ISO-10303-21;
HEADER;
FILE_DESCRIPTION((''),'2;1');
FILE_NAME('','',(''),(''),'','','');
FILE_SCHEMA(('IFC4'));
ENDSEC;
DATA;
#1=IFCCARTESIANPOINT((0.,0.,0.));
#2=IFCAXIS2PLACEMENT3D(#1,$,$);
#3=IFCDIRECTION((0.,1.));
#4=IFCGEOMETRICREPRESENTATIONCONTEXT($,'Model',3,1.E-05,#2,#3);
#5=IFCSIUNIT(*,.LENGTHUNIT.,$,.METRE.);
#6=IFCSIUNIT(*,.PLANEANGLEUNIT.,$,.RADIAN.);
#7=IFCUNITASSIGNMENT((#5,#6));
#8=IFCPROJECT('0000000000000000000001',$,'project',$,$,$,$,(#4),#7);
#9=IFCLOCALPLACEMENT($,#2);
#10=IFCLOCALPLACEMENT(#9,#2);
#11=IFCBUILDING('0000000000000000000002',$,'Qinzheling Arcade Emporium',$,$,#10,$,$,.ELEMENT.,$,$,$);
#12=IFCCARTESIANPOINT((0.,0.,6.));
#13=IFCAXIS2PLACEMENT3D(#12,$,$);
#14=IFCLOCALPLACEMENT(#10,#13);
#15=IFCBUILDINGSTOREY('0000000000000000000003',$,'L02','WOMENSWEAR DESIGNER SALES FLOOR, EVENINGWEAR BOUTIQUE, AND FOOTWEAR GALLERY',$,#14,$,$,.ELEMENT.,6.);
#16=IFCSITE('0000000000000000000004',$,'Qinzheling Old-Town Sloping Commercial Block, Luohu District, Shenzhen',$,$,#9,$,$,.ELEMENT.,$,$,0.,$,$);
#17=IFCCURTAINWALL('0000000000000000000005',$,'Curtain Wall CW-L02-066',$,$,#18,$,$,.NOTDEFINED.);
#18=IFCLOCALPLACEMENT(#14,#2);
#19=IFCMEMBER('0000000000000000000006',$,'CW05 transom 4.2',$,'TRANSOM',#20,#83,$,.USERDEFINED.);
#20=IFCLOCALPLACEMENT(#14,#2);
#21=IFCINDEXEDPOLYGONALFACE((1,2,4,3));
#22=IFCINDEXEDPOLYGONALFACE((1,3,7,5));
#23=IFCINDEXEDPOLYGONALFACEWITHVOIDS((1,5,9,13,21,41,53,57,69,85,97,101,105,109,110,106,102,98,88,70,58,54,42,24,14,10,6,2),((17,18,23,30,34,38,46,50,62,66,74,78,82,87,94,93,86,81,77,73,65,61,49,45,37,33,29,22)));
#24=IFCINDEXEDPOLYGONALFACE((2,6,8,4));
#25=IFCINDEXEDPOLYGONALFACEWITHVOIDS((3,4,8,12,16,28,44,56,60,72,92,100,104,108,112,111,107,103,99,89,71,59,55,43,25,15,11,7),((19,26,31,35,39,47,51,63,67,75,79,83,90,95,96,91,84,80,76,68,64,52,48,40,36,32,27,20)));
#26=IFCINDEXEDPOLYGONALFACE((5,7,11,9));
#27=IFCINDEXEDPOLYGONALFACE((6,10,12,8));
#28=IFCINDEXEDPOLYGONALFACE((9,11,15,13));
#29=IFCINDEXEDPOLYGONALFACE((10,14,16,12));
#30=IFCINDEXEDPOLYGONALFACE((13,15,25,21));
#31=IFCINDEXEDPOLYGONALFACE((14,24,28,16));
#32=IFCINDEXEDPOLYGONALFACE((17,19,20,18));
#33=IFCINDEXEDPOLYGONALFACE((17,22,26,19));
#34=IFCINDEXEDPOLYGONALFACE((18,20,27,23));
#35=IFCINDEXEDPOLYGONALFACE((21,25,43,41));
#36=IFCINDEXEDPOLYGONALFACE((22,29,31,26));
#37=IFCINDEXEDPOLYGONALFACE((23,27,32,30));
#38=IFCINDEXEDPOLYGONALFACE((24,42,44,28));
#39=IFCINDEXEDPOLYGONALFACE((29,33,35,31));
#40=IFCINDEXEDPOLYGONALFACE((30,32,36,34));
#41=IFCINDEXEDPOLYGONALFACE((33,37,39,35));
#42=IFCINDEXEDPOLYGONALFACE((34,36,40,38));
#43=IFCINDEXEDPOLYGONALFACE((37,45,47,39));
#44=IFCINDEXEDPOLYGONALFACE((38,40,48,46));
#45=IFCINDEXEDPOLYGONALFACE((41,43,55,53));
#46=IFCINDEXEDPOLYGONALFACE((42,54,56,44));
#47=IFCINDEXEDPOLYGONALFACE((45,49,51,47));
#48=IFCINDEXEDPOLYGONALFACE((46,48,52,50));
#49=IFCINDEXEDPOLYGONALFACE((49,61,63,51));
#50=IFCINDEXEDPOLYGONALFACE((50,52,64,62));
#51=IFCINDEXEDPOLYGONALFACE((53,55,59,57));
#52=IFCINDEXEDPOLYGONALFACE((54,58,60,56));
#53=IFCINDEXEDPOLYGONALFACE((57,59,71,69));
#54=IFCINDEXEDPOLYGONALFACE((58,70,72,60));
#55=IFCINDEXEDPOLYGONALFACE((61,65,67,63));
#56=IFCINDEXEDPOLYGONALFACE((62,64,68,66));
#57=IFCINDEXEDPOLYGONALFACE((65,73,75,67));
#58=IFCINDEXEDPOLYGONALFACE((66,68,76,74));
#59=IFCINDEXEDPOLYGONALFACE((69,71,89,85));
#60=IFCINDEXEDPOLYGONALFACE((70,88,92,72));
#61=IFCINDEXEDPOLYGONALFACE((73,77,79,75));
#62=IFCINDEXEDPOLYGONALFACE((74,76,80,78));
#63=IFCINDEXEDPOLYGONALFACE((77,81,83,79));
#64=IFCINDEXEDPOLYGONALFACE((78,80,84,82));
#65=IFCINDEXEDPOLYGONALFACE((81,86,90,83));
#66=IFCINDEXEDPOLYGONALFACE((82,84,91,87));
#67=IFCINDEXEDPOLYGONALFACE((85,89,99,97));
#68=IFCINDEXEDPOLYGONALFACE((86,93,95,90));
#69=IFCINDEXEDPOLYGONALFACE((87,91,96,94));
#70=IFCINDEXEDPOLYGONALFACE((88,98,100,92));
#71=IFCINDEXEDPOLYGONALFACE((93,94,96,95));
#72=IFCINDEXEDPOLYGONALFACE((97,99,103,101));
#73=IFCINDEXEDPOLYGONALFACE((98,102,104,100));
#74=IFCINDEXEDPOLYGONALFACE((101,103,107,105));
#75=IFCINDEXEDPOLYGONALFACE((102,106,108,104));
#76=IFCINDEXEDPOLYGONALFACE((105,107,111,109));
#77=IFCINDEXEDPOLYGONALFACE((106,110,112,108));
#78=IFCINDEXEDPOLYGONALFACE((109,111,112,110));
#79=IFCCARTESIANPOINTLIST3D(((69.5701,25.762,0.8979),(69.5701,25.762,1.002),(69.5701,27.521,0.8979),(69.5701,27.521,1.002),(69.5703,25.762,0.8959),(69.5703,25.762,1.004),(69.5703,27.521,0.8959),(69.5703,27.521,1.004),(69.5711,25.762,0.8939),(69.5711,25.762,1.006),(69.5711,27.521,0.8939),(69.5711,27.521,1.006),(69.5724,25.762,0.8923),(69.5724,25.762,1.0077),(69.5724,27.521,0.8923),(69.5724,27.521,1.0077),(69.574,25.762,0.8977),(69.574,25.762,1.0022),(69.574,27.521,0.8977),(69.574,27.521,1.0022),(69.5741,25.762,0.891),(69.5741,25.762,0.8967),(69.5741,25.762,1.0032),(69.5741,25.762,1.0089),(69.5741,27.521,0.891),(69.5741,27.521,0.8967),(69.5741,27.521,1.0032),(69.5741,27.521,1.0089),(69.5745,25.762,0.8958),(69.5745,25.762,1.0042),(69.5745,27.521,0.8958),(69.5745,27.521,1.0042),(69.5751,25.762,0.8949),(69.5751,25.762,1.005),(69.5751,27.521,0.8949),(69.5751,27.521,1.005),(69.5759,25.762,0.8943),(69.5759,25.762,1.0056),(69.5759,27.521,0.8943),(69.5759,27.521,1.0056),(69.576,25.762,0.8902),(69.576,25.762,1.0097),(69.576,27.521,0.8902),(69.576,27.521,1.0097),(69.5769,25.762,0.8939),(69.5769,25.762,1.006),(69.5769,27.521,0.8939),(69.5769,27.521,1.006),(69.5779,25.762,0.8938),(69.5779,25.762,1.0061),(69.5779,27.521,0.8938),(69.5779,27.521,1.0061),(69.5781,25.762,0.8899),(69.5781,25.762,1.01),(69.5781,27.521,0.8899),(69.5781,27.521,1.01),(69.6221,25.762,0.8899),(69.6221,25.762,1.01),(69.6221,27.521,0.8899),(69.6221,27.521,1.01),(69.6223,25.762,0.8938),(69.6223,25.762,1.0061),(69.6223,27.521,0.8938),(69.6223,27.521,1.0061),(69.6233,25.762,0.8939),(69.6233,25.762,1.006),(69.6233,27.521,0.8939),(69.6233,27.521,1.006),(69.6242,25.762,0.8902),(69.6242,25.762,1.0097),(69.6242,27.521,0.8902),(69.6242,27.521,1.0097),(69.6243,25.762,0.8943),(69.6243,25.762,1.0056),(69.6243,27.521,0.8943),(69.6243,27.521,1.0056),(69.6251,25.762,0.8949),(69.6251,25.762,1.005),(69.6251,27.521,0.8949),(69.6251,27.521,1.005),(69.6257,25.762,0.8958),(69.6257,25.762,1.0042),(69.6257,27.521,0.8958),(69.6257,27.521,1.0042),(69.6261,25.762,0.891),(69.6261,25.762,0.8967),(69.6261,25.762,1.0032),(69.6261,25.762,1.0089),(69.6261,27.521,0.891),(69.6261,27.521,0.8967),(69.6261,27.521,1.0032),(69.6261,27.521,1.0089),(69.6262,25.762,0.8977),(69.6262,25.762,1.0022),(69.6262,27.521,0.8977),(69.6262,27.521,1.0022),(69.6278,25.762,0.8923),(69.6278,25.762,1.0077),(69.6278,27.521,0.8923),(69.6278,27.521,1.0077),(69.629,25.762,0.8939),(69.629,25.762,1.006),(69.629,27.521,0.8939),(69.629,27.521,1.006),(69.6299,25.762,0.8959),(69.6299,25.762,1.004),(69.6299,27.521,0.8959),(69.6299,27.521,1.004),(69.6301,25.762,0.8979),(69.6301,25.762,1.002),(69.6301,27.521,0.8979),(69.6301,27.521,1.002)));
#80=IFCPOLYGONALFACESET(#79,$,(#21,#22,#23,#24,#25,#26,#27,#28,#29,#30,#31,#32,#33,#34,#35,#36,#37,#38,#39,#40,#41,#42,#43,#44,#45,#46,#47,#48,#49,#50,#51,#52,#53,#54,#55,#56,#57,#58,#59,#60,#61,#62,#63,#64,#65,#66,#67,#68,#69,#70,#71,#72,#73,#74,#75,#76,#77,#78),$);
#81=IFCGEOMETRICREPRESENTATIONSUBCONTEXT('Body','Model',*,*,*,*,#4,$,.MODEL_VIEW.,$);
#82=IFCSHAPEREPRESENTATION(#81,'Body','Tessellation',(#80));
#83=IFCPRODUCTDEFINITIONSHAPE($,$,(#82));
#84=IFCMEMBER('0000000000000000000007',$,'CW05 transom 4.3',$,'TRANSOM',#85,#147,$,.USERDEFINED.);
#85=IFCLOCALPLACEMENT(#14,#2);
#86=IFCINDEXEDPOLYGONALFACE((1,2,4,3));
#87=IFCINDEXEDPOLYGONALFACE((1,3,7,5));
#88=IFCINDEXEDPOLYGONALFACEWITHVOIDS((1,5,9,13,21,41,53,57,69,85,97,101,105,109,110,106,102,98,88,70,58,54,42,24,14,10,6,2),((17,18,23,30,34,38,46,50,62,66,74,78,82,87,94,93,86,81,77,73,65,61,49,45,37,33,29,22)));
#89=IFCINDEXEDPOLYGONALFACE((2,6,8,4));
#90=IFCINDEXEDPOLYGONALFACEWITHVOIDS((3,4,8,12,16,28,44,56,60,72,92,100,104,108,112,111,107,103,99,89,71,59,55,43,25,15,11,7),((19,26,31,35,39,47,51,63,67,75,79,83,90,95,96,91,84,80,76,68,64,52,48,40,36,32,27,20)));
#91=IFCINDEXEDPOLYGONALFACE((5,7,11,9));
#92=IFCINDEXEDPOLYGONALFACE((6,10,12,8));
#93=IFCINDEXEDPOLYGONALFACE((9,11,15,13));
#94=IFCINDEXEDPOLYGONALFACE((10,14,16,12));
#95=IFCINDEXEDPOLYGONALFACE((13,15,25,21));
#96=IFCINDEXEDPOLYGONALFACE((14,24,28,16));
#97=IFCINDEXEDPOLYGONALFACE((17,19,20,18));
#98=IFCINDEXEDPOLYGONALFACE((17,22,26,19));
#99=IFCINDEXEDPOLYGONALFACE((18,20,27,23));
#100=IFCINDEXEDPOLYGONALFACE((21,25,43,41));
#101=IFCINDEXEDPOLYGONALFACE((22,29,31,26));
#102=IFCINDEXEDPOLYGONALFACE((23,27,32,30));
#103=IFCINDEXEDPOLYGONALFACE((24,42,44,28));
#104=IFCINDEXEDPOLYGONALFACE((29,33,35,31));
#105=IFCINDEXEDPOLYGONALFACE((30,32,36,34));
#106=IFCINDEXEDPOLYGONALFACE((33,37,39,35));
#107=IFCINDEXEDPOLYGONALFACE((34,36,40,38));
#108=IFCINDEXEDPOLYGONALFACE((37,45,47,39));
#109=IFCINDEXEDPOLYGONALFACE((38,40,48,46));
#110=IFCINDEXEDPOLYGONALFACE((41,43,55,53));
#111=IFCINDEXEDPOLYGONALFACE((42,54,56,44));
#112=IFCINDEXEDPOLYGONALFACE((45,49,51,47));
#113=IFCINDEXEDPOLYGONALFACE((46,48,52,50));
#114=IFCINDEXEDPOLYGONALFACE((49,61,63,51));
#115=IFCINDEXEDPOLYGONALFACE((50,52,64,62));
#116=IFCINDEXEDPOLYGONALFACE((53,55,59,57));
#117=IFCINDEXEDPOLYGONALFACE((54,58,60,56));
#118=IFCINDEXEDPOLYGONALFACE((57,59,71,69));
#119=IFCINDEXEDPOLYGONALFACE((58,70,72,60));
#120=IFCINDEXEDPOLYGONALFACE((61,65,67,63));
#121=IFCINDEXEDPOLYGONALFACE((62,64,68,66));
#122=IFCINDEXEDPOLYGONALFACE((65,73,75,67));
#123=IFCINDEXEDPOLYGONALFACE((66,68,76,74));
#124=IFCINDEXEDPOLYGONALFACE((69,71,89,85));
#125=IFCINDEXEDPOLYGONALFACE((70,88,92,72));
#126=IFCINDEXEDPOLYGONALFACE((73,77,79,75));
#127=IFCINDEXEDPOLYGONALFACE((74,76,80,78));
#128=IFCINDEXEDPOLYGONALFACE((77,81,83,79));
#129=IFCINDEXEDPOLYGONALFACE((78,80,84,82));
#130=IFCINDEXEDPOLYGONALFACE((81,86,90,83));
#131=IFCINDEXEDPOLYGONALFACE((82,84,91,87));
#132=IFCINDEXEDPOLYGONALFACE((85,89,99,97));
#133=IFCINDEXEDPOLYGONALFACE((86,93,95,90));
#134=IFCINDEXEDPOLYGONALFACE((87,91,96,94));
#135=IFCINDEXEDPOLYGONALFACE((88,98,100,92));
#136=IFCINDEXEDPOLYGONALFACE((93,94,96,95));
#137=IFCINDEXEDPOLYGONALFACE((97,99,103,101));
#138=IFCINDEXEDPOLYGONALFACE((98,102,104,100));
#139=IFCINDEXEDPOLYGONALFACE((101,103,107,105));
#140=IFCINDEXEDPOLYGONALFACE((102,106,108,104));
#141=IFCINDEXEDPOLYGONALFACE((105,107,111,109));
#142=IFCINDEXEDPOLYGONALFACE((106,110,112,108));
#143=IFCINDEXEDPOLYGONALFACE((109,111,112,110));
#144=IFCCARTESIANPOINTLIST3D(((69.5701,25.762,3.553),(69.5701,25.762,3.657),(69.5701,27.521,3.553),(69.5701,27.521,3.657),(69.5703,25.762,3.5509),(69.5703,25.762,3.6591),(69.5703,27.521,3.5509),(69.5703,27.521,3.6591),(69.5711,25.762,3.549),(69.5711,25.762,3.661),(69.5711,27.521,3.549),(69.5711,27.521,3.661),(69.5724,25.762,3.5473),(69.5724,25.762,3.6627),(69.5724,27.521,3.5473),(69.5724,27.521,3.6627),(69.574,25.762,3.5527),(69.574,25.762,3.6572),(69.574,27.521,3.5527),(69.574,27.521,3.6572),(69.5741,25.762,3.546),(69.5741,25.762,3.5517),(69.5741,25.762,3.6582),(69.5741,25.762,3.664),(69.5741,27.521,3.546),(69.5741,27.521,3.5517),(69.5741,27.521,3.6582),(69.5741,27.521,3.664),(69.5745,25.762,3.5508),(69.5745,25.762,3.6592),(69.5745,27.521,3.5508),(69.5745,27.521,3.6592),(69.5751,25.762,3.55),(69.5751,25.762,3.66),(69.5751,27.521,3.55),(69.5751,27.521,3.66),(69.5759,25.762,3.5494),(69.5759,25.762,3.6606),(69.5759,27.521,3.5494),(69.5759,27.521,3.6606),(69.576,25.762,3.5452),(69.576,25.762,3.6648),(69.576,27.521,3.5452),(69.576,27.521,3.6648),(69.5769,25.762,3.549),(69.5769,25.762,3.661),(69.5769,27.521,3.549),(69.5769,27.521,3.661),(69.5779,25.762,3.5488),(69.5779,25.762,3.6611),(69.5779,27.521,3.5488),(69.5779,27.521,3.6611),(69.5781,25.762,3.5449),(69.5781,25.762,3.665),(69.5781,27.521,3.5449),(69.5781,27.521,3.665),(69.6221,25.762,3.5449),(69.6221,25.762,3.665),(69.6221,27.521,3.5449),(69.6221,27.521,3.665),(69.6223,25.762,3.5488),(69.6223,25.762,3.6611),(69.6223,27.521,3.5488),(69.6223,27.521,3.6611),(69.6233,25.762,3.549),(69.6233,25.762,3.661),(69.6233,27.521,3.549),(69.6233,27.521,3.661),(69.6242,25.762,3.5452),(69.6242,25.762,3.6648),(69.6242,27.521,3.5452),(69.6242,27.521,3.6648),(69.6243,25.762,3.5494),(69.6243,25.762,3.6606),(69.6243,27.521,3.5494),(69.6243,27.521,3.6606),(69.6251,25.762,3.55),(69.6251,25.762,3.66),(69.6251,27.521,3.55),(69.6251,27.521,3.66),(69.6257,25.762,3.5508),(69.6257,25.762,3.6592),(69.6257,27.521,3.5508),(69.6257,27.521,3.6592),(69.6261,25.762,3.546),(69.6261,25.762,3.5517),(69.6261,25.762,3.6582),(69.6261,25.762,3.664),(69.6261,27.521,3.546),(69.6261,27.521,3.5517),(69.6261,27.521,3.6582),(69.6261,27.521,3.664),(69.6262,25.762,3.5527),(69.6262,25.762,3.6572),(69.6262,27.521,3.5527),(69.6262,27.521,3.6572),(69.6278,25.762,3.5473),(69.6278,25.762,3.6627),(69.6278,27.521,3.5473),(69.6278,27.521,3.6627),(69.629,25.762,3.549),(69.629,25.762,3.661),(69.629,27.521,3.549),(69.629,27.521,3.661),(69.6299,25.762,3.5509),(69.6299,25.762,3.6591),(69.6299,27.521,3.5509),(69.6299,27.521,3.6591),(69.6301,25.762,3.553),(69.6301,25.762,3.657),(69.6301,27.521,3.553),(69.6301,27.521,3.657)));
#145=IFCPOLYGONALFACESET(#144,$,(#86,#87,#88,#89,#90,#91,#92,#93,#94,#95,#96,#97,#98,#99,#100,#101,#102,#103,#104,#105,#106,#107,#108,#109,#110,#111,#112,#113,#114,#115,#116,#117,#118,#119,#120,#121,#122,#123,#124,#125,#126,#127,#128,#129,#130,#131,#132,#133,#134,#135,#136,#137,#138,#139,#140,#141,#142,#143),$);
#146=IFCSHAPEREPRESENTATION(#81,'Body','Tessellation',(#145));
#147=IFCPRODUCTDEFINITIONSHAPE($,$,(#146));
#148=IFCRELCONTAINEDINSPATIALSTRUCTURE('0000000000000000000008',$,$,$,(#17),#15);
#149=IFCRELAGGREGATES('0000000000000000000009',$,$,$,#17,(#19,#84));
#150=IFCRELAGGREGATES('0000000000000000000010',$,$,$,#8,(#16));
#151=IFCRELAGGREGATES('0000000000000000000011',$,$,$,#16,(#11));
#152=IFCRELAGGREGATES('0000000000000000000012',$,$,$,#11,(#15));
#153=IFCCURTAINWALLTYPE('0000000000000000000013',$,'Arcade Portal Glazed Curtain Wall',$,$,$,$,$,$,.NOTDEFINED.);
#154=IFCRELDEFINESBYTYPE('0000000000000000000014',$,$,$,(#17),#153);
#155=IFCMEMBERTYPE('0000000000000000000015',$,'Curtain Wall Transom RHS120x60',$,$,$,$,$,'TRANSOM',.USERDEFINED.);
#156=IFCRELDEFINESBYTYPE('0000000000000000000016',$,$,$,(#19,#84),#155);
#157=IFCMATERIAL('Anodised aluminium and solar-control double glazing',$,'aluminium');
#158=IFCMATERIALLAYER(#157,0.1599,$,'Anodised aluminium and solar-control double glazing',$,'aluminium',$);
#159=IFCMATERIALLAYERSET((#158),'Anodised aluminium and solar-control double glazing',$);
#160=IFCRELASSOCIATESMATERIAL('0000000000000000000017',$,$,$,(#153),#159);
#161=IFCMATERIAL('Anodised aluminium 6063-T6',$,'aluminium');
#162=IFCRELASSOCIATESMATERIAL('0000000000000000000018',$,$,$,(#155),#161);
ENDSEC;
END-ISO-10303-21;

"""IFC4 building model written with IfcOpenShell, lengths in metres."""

from ifc_helpers import new_model, si_unit, direction, frame, origin, origin_2d, place, context, subcontext, project, spatial, hollow_rectangle, extrude, material, layer, layer_set, material_profile, profile_set, type_object, element, aggregate, save


model = new_model("IFC4")

# Units and contexts
model_context = context("Model", 3, precision=1e-05, world=origin(), true_north=direction((0.0, 1.0)))
body_context = subcontext(model_context, "Body", "Model", "MODEL_VIEW")
ifc_project = project(units=[si_unit("LENGTHUNIT", "METRE"), si_unit("PLANEANGLEUNIT", "RADIAN")], contexts=[model_context])

# Site, building, storey
site_placement = place(None, origin())
site = spatial("IfcSite", under=ifc_project, at=site_placement, Name="Qinzheling Old-Town Sloping Commercial Block, Luohu District, Shenzhen", CompositionType="ELEMENT", RefElevation=0.0)
building_placement = place(site_placement, origin())
building = spatial("IfcBuilding", under=site, at=building_placement, Name="Qinzheling Arcade Emporium", CompositionType="ELEMENT")
storey_placement = place(building_placement, frame((0.0, 0.0, 6.0)))
storey = spatial("IfcBuildingStorey", under=building, at=storey_placement, Name="L02", Description="WOMENSWEAR DESIGNER SALES FLOOR, EVENINGWEAR BOUTIQUE, AND FOOTWEAR GALLERY", CompositionType="ELEMENT", Elevation=6.0)

# Curtain wall
ifc_material_1 = material(Name="Anodised aluminium and solar-control double glazing", Category="aluminium")
ifc_layer_1 = layer(ifc_material_1, 0.1599, Name="Anodised aluminium and solar-control double glazing", Category="aluminium")
ifc_layer_set_1 = layer_set([ifc_layer_1], Name="Anodised aluminium and solar-control double glazing")
curtain_wall_type = type_object("IfcCurtainWallType", Name="Arcade Portal Glazed Curtain Wall", PredefinedType="NOTDEFINED", material=ifc_layer_set_1)
curtain_wall_1_placement = place(storey_placement, origin())
curtain_wall_1 = element("IfcCurtainWall", 1, at=curtain_wall_1_placement, inside=storey, type_object=curtain_wall_type, Name="Curtain Wall CW-L02-066", PredefinedType="NOTDEFINED")
ifc_material_2 = material(Name="Anodised aluminium 6063-T6", Category="aluminium")

# Members
ifc_material_profile_1 = material_profile(ifc_material_2, hollow_rectangle(XDim=0.0601, YDim=0.1201, WallThickness=0.0039, InnerFilletRadius=0.0039, OuterFilletRadius=0.0081, at=origin_2d()), Name="RHS 120x60x4", Category="aluminium")
ifc_profile_set_1 = profile_set([ifc_material_profile_1], Name="Anodised aluminium 6063-T6")
member_type_1 = type_object("IfcMemberType", Name="Curtain Wall Transom RHS120x60", ElementType="TRANSOM", PredefinedType="USERDEFINED", material=ifc_profile_set_1)
member_1_placement = place(storey_placement, frame((69.6001, 27.521, 0.95), z_axis=(0.0, -1.0, 0.0), x_axis=(1.0, 0.0, 0.0)))
member_1 = element("IfcMember", 2, at=member_1_placement, type_object=member_type_1, Name="CW05 transom 4.2", ObjectType="TRANSOM", PredefinedType="USERDEFINED", context=body_context, shape_type="SweptSolid", body=[
    extrude(hollow_rectangle(XDim=0.0601, YDim=0.1201, WallThickness=0.0039, InnerFilletRadius=0.0039, OuterFilletRadius=0.0081, at=origin_2d()), origin(), (0.0, 0.0, 1.0), 1.759),
])
member_2_placement = place(storey_placement, frame((69.6001, 27.521, 3.605), z_axis=(0.0, -1.0, 0.0), x_axis=(1.0, 0.0, 0.0)))
member_2 = element("IfcMember", 3, at=member_2_placement, type_object=member_type_1, Name="CW05 transom 4.3", ObjectType="TRANSOM", PredefinedType="USERDEFINED", context=body_context, shape_type="SweptSolid", body=[
    extrude(hollow_rectangle(XDim=0.0601, YDim=0.1201, WallThickness=0.0039, InnerFilletRadius=0.0039, OuterFilletRadius=0.0081, at=origin_2d()), origin(), (0.0, 0.0, 1.0), 1.759),
])

aggregate(curtain_wall_1, [member_1, member_2])

save(model, "model.ifc")
